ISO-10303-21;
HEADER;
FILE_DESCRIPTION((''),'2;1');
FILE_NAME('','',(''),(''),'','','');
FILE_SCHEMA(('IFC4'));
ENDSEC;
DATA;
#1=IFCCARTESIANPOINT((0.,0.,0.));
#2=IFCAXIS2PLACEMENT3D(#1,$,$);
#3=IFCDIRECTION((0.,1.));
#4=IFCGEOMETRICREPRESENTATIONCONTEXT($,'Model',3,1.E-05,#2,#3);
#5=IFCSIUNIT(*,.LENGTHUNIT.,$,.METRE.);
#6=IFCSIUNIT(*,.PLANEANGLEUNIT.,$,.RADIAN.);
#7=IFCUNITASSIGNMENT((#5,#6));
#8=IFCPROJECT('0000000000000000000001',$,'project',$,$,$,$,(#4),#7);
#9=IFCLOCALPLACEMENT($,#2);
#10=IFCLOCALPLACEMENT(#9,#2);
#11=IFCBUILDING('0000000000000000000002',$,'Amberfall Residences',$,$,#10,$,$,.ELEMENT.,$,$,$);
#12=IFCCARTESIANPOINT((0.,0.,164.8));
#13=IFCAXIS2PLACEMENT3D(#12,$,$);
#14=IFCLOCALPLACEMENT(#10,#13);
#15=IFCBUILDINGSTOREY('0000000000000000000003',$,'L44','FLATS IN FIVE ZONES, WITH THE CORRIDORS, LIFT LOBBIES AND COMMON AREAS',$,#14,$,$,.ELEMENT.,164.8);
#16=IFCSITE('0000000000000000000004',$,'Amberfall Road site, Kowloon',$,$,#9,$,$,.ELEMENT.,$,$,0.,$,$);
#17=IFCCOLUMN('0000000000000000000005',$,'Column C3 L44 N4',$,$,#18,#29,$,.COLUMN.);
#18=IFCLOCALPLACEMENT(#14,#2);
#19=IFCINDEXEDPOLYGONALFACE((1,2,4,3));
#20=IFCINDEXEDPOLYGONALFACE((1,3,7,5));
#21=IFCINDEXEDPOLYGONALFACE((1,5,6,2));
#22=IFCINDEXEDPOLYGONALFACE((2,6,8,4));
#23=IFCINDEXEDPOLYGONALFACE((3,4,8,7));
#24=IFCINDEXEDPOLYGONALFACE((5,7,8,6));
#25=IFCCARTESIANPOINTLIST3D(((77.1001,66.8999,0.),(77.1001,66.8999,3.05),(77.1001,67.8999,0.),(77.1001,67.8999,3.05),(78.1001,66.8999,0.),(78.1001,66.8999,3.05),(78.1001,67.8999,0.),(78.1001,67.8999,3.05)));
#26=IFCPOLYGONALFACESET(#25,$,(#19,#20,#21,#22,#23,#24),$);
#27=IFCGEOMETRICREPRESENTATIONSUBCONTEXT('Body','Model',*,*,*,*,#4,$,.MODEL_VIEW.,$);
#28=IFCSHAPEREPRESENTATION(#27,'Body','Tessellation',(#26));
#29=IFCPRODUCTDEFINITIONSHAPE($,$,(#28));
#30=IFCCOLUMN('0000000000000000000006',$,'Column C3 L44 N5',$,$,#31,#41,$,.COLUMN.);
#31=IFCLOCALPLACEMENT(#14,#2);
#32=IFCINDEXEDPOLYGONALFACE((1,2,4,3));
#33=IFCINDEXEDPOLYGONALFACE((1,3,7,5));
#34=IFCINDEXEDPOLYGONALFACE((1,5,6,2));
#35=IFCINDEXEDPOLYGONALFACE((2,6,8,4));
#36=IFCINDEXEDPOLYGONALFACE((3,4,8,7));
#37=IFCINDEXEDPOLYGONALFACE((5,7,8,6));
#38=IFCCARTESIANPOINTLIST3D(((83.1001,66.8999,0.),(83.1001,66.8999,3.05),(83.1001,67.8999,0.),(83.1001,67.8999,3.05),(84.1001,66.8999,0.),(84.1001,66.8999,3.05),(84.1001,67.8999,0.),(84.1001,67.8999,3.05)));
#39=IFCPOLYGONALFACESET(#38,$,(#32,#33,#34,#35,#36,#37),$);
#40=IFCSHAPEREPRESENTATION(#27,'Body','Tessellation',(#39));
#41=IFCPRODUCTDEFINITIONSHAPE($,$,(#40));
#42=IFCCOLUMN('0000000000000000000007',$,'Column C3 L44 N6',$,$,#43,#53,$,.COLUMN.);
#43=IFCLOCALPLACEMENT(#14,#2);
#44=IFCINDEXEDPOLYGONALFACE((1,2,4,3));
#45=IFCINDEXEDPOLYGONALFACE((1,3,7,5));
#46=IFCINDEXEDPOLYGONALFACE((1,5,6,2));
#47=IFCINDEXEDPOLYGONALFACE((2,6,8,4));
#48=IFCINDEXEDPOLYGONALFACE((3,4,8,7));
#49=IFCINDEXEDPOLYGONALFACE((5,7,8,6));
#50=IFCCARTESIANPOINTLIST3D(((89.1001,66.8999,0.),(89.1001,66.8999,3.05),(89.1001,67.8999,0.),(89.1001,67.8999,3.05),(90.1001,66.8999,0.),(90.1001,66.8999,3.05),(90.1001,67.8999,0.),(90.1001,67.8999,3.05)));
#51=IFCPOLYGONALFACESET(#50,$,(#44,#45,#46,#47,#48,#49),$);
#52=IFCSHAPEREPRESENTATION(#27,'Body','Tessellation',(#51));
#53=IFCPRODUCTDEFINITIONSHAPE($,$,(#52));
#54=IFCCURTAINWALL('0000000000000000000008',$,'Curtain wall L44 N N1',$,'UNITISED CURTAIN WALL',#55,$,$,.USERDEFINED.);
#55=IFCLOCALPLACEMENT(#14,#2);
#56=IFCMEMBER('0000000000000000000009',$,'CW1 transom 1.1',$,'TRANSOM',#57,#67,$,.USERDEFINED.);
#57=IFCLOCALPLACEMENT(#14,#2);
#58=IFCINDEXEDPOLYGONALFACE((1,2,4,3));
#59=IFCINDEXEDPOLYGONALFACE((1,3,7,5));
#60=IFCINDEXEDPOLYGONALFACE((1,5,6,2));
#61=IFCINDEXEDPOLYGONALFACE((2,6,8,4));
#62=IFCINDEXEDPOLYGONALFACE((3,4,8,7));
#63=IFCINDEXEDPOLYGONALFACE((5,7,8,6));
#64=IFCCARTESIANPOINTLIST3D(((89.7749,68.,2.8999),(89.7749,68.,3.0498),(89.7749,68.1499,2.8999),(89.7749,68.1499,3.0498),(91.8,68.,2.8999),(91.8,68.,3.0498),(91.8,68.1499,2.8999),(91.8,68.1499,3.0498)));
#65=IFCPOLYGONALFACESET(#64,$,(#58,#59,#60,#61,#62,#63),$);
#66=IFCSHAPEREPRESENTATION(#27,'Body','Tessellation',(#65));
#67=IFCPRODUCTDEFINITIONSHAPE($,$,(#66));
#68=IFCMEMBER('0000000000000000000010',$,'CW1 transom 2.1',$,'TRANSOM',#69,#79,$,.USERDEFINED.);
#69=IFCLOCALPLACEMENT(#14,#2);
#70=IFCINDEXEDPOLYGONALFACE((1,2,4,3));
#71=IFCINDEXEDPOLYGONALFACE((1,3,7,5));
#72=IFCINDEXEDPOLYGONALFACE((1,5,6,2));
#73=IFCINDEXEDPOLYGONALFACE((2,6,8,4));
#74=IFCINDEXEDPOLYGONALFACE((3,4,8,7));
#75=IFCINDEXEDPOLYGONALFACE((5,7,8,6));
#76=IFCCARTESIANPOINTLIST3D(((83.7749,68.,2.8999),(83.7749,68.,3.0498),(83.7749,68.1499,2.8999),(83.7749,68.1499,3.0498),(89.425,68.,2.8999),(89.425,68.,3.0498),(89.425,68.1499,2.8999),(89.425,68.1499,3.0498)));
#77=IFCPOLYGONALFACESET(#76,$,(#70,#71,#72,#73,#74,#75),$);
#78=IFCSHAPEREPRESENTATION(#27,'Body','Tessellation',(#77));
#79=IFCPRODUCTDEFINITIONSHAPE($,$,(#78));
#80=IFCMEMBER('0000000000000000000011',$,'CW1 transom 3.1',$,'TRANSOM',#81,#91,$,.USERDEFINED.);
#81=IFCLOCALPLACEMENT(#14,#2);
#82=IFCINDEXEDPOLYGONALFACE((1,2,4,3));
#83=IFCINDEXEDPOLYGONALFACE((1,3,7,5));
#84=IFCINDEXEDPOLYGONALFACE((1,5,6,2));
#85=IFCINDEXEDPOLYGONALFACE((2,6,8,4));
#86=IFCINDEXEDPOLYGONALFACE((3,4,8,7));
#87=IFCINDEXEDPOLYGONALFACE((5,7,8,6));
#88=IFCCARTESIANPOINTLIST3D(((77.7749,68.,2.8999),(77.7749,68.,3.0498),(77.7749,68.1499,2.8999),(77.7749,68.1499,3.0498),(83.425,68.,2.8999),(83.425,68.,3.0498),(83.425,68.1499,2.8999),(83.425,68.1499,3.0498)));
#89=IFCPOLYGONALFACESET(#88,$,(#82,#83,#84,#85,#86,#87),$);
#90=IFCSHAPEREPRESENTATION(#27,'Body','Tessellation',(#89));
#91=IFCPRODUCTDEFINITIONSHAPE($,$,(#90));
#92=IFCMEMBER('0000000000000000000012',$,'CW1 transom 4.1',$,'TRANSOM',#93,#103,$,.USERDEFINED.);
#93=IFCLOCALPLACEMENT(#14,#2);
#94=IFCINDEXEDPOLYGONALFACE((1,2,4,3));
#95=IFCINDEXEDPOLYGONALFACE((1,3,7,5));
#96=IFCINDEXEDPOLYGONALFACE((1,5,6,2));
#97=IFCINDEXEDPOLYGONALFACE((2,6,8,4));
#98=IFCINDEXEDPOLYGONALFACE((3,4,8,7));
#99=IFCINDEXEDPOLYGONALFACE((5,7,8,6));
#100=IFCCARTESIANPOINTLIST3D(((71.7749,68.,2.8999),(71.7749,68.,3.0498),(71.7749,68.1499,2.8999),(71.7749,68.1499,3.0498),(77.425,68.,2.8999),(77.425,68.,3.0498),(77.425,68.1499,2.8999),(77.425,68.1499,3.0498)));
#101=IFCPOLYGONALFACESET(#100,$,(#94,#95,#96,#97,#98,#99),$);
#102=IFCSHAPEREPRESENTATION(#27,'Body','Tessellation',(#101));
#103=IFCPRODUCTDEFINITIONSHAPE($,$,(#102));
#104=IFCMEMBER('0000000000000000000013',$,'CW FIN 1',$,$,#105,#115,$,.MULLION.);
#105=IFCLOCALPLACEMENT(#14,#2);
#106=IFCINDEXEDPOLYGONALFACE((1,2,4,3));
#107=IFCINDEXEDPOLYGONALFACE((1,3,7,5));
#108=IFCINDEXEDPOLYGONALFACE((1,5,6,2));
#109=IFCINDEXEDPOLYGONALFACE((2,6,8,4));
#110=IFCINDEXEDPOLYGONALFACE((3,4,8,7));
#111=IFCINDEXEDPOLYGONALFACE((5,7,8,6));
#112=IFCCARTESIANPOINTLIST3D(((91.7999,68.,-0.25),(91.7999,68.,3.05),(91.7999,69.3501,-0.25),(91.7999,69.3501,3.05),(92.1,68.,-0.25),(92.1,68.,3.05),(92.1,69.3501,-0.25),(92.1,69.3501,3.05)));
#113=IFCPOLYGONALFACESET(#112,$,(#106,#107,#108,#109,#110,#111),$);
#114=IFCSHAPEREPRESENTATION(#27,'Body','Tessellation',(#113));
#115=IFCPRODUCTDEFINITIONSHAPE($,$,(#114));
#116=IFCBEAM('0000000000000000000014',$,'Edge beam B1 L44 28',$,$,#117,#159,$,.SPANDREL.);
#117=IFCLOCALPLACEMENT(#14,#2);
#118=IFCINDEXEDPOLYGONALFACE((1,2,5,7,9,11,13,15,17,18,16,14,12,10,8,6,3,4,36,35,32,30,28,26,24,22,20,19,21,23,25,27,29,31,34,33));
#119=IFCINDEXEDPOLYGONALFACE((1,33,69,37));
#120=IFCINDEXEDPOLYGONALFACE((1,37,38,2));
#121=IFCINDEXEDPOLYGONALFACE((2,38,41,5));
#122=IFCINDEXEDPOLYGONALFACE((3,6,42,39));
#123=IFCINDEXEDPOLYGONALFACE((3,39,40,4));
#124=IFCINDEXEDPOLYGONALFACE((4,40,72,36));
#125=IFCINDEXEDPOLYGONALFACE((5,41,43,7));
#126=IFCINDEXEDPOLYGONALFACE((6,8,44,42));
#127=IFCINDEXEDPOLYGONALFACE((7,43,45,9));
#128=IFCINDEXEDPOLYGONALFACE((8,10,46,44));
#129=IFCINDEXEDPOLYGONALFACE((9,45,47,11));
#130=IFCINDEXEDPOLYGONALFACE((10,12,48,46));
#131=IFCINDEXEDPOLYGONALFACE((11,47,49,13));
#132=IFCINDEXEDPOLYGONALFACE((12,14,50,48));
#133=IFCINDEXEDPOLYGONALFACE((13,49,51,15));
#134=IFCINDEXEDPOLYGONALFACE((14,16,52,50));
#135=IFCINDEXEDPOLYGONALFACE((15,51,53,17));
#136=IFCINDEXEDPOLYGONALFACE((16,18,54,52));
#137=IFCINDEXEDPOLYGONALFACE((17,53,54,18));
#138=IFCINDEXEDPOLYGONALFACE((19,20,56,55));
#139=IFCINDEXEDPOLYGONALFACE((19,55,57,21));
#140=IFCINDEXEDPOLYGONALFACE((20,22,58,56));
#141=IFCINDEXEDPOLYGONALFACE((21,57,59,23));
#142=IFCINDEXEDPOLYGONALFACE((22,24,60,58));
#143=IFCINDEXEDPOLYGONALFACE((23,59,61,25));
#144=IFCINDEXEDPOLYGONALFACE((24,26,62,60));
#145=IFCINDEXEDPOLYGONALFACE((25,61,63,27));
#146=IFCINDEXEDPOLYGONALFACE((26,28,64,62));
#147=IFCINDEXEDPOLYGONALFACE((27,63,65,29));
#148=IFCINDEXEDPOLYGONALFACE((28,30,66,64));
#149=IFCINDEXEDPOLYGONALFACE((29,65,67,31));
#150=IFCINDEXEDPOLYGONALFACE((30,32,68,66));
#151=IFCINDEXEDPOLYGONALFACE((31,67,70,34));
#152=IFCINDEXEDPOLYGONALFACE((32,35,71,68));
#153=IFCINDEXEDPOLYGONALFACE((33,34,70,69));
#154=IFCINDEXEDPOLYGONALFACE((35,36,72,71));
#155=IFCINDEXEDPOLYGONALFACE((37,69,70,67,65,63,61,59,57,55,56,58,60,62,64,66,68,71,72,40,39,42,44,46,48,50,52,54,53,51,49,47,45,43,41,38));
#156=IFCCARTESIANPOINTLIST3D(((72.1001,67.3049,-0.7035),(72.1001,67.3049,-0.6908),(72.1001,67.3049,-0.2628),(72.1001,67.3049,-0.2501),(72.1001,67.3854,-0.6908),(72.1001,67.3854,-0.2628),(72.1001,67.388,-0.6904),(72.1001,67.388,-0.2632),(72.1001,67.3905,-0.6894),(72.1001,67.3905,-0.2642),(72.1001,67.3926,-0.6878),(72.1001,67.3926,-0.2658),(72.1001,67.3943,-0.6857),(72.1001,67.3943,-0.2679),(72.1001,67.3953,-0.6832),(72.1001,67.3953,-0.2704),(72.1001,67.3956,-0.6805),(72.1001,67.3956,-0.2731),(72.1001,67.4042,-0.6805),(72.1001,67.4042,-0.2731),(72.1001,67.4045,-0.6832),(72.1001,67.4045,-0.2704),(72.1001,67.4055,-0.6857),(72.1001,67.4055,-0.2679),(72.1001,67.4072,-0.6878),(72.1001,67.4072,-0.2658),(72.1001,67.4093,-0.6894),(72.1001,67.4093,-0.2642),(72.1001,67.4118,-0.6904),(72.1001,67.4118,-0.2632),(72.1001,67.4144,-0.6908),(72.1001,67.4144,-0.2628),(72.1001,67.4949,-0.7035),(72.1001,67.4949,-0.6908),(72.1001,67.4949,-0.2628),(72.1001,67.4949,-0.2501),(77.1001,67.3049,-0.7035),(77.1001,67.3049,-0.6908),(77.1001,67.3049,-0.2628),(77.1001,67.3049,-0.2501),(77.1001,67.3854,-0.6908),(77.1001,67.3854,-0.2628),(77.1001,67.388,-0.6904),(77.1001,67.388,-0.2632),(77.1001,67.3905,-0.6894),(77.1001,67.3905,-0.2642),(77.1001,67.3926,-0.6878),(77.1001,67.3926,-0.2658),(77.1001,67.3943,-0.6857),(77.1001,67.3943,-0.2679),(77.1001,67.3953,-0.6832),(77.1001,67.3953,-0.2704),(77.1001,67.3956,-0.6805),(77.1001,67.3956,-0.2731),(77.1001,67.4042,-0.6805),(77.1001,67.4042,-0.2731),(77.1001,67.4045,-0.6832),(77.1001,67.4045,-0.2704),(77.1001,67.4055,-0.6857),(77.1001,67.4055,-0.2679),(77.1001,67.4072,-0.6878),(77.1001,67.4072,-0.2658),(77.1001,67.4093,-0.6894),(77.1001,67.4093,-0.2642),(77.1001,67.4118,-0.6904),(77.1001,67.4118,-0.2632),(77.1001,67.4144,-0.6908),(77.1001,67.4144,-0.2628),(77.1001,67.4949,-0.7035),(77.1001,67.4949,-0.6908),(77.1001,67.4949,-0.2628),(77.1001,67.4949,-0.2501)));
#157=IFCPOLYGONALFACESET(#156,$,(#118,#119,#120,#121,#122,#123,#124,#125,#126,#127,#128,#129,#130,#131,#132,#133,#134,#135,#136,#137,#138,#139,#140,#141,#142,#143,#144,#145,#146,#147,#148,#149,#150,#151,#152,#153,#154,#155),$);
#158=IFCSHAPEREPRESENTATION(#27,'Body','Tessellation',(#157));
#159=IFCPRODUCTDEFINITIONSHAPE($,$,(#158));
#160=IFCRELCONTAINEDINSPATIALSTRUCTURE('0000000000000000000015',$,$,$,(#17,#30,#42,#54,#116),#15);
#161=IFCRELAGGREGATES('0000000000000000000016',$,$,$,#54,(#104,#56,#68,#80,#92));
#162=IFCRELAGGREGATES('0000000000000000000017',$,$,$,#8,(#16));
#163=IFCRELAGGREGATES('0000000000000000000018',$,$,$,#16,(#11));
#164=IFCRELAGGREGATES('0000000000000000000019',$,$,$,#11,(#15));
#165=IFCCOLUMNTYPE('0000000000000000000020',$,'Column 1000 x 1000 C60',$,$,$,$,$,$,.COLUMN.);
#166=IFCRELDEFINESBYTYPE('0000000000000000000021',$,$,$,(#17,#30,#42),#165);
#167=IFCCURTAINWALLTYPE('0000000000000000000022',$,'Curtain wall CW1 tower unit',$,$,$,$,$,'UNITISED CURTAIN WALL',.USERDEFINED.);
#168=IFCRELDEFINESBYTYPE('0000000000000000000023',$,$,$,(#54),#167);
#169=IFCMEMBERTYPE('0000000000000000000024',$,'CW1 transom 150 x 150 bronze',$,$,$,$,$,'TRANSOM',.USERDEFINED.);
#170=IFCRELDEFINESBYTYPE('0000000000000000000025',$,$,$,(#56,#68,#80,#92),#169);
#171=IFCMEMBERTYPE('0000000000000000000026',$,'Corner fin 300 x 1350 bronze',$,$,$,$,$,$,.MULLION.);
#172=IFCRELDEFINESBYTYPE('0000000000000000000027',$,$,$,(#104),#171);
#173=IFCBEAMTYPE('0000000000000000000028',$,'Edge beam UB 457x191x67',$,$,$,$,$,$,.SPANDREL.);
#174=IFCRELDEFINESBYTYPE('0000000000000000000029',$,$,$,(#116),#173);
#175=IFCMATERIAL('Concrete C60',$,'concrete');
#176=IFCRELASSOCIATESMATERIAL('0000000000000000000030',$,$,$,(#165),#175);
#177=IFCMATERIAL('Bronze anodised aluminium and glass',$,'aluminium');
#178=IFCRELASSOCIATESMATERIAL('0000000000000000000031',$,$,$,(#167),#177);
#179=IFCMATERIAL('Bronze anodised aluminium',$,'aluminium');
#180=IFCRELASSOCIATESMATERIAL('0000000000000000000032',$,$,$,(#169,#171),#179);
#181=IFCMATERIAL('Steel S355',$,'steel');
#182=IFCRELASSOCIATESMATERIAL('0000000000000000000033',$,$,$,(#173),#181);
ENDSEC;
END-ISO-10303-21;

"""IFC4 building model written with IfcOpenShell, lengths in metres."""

from ifc_helpers import new_model, si_unit, direction, frame, origin, origin_2d, place, context, subcontext, project, spatial, rectangle, i_section, extrude, material, material_profile, profile_set, type_object, element, aggregate, save


model = new_model("IFC4")

# Units and contexts
model_context = context("Model", 3, precision=1e-05, world=origin(), true_north=direction((0.0, 1.0)))
body_context = subcontext(model_context, "Body", "Model", "MODEL_VIEW")
ifc_project = project(units=[si_unit("LENGTHUNIT", "METRE"), si_unit("PLANEANGLEUNIT", "RADIAN")], contexts=[model_context])

# Site, building, storey
site_placement = place(None, origin())
site = spatial("IfcSite", under=ifc_project, at=site_placement, Name="Amberfall Road site, Kowloon", CompositionType="ELEMENT", RefElevation=0.0)
building_placement = place(site_placement, origin())
building = spatial("IfcBuilding", under=site, at=building_placement, Name="Amberfall Residences", CompositionType="ELEMENT")
storey_placement = place(building_placement, frame((0.0, 0.0, 164.8)))
storey = spatial("IfcBuildingStorey", under=building, at=storey_placement, Name="L44", Description="FLATS IN FIVE ZONES, WITH THE CORRIDORS, LIFT LOBBIES AND COMMON AREAS", CompositionType="ELEMENT", Elevation=164.8)

# Columns
ifc_material_1 = material(Name="Concrete C60", Category="concrete")
ifc_material_profile_1 = material_profile(ifc_material_1, rectangle(XDim=1.0, YDim=1.0, at=origin_2d()), Name="Column 1000 x 1000 C60")
ifc_profile_set_1 = profile_set([ifc_material_profile_1], Name="Concrete C60")
column_type = type_object("IfcColumnType", Name="Column 1000 x 1000 C60", PredefinedType="COLUMN", material=ifc_profile_set_1)
for number, where, z_axis, x_axis, name in (
    (1, (77.6001, 67.3999, 0.0), (0.0, 0.0, 1.0), (1.0, 0.0, 0.0), "Column C3 L44 N4"),
    (2, (83.6001, 67.3999, 0.0), (0.0, 0.0, 1.0), (1.0, 0.0, 0.0), "Column C3 L44 N5"),
    (3, (89.6001, 67.3999, 0.0), (0.0, 0.0, 1.0), (1.0, 0.0, 0.0), "Column C3 L44 N6"),
):
    element("IfcColumn", number, at=place(storey_placement, frame(where, z_axis=z_axis, x_axis=x_axis)), inside=storey, type_object=column_type, Name=name, PredefinedType="COLUMN", context=body_context, shape_type="SweptSolid", body=[
        extrude(rectangle(XDim=1.0, YDim=1.0, at=origin_2d()), origin(), (0.0, 0.0, 1.0), 3.05),
    ])

# Curtain wall, members
ifc_material_2 = material(Name="Bronze anodised aluminium and glass", Category="aluminium")
curtain_wall_type = type_object("IfcCurtainWallType", Name="Curtain wall CW1 tower unit", ElementType="UNITISED CURTAIN WALL", PredefinedType="USERDEFINED", material=ifc_material_2)
curtain_wall_placement = place(storey_placement, origin())
curtain_wall = element("IfcCurtainWall", 4, at=curtain_wall_placement, inside=storey, type_object=curtain_wall_type, Name="Curtain wall L44 N N1", ObjectType="UNITISED CURTAIN WALL", PredefinedType="USERDEFINED")
ifc_material_3 = material(Name="Bronze anodised aluminium", Category="aluminium")
ifc_material_profile_2 = material_profile(ifc_material_3, rectangle(XDim=0.1499, YDim=0.1499, at=origin_2d()), Name="CW1 transom 150 x 150 bronze")
ifc_profile_set_2 = profile_set([ifc_material_profile_2], Name="Bronze anodised aluminium")
member_type_1 = type_object("IfcMemberType", Name="CW1 transom 150 x 150 bronze", ElementType="TRANSOM", PredefinedType="USERDEFINED", material=ifc_profile_set_2)
member_1_placement = place(storey_placement, frame((91.8, 68.075, 2.9749), z_axis=(-1.0, 0.0, 0.0), x_axis=(0.0, -1.0, 0.0)))
member_1 = element("IfcMember", 5, at=member_1_placement, type_object=member_type_1, Name="CW1 transom 1.1", ObjectType="TRANSOM", PredefinedType="USERDEFINED", context=body_context, shape_type="SweptSolid", body=[
    extrude(rectangle(XDim=0.1499, YDim=0.1499, at=origin_2d()), origin(), (0.0, 0.0, 1.0), 2.0251),
])
member_2_placement = place(storey_placement, frame((89.425, 68.075, 2.9749), z_axis=(-1.0, 0.0, 0.0), x_axis=(0.0, -1.0, 0.0)))
member_2 = element("IfcMember", 6, at=member_2_placement, type_object=member_type_1, Name="CW1 transom 2.1", ObjectType="TRANSOM", PredefinedType="USERDEFINED", context=body_context, shape_type="SweptSolid", body=[
    extrude(rectangle(XDim=0.1499, YDim=0.1499, at=origin_2d()), origin(), (0.0, 0.0, 1.0), 5.6501),
])
member_3_placement = place(storey_placement, frame((83.425, 68.075, 2.9749), z_axis=(-1.0, 0.0, 0.0), x_axis=(0.0, -1.0, 0.0)))
member_3 = element("IfcMember", 7, at=member_3_placement, type_object=member_type_1, Name="CW1 transom 3.1", ObjectType="TRANSOM", PredefinedType="USERDEFINED", context=body_context, shape_type="SweptSolid", body=[
    extrude(rectangle(XDim=0.1499, YDim=0.1499, at=origin_2d()), origin(), (0.0, 0.0, 1.0), 5.6501),
])
member_4_placement = place(storey_placement, frame((77.425, 68.075, 2.9749), z_axis=(-1.0, 0.0, 0.0), x_axis=(0.0, -1.0, 0.0)))
member_4 = element("IfcMember", 8, at=member_4_placement, type_object=member_type_1, Name="CW1 transom 4.1", ObjectType="TRANSOM", PredefinedType="USERDEFINED", context=body_context, shape_type="SweptSolid", body=[
    extrude(rectangle(XDim=0.1499, YDim=0.1499, at=origin_2d()), origin(), (0.0, 0.0, 1.0), 5.6501),
])
ifc_material_profile_3 = material_profile(ifc_material_3, rectangle(XDim=1.3501, YDim=0.3, at=origin_2d()), Name="Corner fin 300 x 1350 bronze")
ifc_profile_set_3 = profile_set([ifc_material_profile_3], Name="Bronze anodised aluminium")
member_type_2 = type_object("IfcMemberType", Name="Corner fin 300 x 1350 bronze", PredefinedType="MULLION", material=ifc_profile_set_3)
member_5_placement = place(storey_placement, frame((91.95, 68.675, -0.25), z_axis=(0.0, 0.0, 1.0), x_axis=(0.0, -1.0, 0.0)))
member_5 = element("IfcMember", 9, at=member_5_placement, type_object=member_type_2, Name="CW FIN 1", PredefinedType="MULLION", context=body_context, shape_type="SweptSolid", body=[
    extrude(rectangle(XDim=1.3501, YDim=0.3, at=origin_2d()), origin(), (0.0, 0.0, 1.0), 3.3),
])

# Beam
ifc_material_4 = material(Name="Steel S355", Category="steel")
ifc_material_profile_4 = material_profile(ifc_material_4, i_section(OverallWidth=0.1899, OverallDepth=0.4534, WebThickness=0.0085, FlangeThickness=0.0127, FilletRadius=0.0103, at=origin_2d()), Name="UB 457x191x67")
ifc_profile_set_4 = profile_set([ifc_material_profile_4], Name="Steel S355")
beam_type_1 = type_object("IfcBeamType", Name="Edge beam UB 457x191x67", PredefinedType="SPANDREL", material=ifc_profile_set_4)
for number, where, z_axis, x_axis, name in (
    (10, (72.1001, 67.3999, -0.4768), (1.0, 0.0, 0.0), (0.0, 1.0, 0.0), "Edge beam B1 L44 28"),
):
    element("IfcBeam", number, at=place(storey_placement, frame(where, z_axis=z_axis, x_axis=x_axis)), inside=storey, type_object=beam_type_1, Name=name, PredefinedType="SPANDREL", context=body_context, shape_type="SweptSolid", body=[
        extrude(i_section(OverallWidth=0.1899, OverallDepth=0.4534, WebThickness=0.0085, FlangeThickness=0.0127, FilletRadius=0.0103, at=origin_2d()), origin(), (0.0, 0.0, 1.0), 5.0),
    ])

aggregate(curtain_wall, [member_5, member_1, member_2, member_3, member_4])

save(model, "model.ifc")
